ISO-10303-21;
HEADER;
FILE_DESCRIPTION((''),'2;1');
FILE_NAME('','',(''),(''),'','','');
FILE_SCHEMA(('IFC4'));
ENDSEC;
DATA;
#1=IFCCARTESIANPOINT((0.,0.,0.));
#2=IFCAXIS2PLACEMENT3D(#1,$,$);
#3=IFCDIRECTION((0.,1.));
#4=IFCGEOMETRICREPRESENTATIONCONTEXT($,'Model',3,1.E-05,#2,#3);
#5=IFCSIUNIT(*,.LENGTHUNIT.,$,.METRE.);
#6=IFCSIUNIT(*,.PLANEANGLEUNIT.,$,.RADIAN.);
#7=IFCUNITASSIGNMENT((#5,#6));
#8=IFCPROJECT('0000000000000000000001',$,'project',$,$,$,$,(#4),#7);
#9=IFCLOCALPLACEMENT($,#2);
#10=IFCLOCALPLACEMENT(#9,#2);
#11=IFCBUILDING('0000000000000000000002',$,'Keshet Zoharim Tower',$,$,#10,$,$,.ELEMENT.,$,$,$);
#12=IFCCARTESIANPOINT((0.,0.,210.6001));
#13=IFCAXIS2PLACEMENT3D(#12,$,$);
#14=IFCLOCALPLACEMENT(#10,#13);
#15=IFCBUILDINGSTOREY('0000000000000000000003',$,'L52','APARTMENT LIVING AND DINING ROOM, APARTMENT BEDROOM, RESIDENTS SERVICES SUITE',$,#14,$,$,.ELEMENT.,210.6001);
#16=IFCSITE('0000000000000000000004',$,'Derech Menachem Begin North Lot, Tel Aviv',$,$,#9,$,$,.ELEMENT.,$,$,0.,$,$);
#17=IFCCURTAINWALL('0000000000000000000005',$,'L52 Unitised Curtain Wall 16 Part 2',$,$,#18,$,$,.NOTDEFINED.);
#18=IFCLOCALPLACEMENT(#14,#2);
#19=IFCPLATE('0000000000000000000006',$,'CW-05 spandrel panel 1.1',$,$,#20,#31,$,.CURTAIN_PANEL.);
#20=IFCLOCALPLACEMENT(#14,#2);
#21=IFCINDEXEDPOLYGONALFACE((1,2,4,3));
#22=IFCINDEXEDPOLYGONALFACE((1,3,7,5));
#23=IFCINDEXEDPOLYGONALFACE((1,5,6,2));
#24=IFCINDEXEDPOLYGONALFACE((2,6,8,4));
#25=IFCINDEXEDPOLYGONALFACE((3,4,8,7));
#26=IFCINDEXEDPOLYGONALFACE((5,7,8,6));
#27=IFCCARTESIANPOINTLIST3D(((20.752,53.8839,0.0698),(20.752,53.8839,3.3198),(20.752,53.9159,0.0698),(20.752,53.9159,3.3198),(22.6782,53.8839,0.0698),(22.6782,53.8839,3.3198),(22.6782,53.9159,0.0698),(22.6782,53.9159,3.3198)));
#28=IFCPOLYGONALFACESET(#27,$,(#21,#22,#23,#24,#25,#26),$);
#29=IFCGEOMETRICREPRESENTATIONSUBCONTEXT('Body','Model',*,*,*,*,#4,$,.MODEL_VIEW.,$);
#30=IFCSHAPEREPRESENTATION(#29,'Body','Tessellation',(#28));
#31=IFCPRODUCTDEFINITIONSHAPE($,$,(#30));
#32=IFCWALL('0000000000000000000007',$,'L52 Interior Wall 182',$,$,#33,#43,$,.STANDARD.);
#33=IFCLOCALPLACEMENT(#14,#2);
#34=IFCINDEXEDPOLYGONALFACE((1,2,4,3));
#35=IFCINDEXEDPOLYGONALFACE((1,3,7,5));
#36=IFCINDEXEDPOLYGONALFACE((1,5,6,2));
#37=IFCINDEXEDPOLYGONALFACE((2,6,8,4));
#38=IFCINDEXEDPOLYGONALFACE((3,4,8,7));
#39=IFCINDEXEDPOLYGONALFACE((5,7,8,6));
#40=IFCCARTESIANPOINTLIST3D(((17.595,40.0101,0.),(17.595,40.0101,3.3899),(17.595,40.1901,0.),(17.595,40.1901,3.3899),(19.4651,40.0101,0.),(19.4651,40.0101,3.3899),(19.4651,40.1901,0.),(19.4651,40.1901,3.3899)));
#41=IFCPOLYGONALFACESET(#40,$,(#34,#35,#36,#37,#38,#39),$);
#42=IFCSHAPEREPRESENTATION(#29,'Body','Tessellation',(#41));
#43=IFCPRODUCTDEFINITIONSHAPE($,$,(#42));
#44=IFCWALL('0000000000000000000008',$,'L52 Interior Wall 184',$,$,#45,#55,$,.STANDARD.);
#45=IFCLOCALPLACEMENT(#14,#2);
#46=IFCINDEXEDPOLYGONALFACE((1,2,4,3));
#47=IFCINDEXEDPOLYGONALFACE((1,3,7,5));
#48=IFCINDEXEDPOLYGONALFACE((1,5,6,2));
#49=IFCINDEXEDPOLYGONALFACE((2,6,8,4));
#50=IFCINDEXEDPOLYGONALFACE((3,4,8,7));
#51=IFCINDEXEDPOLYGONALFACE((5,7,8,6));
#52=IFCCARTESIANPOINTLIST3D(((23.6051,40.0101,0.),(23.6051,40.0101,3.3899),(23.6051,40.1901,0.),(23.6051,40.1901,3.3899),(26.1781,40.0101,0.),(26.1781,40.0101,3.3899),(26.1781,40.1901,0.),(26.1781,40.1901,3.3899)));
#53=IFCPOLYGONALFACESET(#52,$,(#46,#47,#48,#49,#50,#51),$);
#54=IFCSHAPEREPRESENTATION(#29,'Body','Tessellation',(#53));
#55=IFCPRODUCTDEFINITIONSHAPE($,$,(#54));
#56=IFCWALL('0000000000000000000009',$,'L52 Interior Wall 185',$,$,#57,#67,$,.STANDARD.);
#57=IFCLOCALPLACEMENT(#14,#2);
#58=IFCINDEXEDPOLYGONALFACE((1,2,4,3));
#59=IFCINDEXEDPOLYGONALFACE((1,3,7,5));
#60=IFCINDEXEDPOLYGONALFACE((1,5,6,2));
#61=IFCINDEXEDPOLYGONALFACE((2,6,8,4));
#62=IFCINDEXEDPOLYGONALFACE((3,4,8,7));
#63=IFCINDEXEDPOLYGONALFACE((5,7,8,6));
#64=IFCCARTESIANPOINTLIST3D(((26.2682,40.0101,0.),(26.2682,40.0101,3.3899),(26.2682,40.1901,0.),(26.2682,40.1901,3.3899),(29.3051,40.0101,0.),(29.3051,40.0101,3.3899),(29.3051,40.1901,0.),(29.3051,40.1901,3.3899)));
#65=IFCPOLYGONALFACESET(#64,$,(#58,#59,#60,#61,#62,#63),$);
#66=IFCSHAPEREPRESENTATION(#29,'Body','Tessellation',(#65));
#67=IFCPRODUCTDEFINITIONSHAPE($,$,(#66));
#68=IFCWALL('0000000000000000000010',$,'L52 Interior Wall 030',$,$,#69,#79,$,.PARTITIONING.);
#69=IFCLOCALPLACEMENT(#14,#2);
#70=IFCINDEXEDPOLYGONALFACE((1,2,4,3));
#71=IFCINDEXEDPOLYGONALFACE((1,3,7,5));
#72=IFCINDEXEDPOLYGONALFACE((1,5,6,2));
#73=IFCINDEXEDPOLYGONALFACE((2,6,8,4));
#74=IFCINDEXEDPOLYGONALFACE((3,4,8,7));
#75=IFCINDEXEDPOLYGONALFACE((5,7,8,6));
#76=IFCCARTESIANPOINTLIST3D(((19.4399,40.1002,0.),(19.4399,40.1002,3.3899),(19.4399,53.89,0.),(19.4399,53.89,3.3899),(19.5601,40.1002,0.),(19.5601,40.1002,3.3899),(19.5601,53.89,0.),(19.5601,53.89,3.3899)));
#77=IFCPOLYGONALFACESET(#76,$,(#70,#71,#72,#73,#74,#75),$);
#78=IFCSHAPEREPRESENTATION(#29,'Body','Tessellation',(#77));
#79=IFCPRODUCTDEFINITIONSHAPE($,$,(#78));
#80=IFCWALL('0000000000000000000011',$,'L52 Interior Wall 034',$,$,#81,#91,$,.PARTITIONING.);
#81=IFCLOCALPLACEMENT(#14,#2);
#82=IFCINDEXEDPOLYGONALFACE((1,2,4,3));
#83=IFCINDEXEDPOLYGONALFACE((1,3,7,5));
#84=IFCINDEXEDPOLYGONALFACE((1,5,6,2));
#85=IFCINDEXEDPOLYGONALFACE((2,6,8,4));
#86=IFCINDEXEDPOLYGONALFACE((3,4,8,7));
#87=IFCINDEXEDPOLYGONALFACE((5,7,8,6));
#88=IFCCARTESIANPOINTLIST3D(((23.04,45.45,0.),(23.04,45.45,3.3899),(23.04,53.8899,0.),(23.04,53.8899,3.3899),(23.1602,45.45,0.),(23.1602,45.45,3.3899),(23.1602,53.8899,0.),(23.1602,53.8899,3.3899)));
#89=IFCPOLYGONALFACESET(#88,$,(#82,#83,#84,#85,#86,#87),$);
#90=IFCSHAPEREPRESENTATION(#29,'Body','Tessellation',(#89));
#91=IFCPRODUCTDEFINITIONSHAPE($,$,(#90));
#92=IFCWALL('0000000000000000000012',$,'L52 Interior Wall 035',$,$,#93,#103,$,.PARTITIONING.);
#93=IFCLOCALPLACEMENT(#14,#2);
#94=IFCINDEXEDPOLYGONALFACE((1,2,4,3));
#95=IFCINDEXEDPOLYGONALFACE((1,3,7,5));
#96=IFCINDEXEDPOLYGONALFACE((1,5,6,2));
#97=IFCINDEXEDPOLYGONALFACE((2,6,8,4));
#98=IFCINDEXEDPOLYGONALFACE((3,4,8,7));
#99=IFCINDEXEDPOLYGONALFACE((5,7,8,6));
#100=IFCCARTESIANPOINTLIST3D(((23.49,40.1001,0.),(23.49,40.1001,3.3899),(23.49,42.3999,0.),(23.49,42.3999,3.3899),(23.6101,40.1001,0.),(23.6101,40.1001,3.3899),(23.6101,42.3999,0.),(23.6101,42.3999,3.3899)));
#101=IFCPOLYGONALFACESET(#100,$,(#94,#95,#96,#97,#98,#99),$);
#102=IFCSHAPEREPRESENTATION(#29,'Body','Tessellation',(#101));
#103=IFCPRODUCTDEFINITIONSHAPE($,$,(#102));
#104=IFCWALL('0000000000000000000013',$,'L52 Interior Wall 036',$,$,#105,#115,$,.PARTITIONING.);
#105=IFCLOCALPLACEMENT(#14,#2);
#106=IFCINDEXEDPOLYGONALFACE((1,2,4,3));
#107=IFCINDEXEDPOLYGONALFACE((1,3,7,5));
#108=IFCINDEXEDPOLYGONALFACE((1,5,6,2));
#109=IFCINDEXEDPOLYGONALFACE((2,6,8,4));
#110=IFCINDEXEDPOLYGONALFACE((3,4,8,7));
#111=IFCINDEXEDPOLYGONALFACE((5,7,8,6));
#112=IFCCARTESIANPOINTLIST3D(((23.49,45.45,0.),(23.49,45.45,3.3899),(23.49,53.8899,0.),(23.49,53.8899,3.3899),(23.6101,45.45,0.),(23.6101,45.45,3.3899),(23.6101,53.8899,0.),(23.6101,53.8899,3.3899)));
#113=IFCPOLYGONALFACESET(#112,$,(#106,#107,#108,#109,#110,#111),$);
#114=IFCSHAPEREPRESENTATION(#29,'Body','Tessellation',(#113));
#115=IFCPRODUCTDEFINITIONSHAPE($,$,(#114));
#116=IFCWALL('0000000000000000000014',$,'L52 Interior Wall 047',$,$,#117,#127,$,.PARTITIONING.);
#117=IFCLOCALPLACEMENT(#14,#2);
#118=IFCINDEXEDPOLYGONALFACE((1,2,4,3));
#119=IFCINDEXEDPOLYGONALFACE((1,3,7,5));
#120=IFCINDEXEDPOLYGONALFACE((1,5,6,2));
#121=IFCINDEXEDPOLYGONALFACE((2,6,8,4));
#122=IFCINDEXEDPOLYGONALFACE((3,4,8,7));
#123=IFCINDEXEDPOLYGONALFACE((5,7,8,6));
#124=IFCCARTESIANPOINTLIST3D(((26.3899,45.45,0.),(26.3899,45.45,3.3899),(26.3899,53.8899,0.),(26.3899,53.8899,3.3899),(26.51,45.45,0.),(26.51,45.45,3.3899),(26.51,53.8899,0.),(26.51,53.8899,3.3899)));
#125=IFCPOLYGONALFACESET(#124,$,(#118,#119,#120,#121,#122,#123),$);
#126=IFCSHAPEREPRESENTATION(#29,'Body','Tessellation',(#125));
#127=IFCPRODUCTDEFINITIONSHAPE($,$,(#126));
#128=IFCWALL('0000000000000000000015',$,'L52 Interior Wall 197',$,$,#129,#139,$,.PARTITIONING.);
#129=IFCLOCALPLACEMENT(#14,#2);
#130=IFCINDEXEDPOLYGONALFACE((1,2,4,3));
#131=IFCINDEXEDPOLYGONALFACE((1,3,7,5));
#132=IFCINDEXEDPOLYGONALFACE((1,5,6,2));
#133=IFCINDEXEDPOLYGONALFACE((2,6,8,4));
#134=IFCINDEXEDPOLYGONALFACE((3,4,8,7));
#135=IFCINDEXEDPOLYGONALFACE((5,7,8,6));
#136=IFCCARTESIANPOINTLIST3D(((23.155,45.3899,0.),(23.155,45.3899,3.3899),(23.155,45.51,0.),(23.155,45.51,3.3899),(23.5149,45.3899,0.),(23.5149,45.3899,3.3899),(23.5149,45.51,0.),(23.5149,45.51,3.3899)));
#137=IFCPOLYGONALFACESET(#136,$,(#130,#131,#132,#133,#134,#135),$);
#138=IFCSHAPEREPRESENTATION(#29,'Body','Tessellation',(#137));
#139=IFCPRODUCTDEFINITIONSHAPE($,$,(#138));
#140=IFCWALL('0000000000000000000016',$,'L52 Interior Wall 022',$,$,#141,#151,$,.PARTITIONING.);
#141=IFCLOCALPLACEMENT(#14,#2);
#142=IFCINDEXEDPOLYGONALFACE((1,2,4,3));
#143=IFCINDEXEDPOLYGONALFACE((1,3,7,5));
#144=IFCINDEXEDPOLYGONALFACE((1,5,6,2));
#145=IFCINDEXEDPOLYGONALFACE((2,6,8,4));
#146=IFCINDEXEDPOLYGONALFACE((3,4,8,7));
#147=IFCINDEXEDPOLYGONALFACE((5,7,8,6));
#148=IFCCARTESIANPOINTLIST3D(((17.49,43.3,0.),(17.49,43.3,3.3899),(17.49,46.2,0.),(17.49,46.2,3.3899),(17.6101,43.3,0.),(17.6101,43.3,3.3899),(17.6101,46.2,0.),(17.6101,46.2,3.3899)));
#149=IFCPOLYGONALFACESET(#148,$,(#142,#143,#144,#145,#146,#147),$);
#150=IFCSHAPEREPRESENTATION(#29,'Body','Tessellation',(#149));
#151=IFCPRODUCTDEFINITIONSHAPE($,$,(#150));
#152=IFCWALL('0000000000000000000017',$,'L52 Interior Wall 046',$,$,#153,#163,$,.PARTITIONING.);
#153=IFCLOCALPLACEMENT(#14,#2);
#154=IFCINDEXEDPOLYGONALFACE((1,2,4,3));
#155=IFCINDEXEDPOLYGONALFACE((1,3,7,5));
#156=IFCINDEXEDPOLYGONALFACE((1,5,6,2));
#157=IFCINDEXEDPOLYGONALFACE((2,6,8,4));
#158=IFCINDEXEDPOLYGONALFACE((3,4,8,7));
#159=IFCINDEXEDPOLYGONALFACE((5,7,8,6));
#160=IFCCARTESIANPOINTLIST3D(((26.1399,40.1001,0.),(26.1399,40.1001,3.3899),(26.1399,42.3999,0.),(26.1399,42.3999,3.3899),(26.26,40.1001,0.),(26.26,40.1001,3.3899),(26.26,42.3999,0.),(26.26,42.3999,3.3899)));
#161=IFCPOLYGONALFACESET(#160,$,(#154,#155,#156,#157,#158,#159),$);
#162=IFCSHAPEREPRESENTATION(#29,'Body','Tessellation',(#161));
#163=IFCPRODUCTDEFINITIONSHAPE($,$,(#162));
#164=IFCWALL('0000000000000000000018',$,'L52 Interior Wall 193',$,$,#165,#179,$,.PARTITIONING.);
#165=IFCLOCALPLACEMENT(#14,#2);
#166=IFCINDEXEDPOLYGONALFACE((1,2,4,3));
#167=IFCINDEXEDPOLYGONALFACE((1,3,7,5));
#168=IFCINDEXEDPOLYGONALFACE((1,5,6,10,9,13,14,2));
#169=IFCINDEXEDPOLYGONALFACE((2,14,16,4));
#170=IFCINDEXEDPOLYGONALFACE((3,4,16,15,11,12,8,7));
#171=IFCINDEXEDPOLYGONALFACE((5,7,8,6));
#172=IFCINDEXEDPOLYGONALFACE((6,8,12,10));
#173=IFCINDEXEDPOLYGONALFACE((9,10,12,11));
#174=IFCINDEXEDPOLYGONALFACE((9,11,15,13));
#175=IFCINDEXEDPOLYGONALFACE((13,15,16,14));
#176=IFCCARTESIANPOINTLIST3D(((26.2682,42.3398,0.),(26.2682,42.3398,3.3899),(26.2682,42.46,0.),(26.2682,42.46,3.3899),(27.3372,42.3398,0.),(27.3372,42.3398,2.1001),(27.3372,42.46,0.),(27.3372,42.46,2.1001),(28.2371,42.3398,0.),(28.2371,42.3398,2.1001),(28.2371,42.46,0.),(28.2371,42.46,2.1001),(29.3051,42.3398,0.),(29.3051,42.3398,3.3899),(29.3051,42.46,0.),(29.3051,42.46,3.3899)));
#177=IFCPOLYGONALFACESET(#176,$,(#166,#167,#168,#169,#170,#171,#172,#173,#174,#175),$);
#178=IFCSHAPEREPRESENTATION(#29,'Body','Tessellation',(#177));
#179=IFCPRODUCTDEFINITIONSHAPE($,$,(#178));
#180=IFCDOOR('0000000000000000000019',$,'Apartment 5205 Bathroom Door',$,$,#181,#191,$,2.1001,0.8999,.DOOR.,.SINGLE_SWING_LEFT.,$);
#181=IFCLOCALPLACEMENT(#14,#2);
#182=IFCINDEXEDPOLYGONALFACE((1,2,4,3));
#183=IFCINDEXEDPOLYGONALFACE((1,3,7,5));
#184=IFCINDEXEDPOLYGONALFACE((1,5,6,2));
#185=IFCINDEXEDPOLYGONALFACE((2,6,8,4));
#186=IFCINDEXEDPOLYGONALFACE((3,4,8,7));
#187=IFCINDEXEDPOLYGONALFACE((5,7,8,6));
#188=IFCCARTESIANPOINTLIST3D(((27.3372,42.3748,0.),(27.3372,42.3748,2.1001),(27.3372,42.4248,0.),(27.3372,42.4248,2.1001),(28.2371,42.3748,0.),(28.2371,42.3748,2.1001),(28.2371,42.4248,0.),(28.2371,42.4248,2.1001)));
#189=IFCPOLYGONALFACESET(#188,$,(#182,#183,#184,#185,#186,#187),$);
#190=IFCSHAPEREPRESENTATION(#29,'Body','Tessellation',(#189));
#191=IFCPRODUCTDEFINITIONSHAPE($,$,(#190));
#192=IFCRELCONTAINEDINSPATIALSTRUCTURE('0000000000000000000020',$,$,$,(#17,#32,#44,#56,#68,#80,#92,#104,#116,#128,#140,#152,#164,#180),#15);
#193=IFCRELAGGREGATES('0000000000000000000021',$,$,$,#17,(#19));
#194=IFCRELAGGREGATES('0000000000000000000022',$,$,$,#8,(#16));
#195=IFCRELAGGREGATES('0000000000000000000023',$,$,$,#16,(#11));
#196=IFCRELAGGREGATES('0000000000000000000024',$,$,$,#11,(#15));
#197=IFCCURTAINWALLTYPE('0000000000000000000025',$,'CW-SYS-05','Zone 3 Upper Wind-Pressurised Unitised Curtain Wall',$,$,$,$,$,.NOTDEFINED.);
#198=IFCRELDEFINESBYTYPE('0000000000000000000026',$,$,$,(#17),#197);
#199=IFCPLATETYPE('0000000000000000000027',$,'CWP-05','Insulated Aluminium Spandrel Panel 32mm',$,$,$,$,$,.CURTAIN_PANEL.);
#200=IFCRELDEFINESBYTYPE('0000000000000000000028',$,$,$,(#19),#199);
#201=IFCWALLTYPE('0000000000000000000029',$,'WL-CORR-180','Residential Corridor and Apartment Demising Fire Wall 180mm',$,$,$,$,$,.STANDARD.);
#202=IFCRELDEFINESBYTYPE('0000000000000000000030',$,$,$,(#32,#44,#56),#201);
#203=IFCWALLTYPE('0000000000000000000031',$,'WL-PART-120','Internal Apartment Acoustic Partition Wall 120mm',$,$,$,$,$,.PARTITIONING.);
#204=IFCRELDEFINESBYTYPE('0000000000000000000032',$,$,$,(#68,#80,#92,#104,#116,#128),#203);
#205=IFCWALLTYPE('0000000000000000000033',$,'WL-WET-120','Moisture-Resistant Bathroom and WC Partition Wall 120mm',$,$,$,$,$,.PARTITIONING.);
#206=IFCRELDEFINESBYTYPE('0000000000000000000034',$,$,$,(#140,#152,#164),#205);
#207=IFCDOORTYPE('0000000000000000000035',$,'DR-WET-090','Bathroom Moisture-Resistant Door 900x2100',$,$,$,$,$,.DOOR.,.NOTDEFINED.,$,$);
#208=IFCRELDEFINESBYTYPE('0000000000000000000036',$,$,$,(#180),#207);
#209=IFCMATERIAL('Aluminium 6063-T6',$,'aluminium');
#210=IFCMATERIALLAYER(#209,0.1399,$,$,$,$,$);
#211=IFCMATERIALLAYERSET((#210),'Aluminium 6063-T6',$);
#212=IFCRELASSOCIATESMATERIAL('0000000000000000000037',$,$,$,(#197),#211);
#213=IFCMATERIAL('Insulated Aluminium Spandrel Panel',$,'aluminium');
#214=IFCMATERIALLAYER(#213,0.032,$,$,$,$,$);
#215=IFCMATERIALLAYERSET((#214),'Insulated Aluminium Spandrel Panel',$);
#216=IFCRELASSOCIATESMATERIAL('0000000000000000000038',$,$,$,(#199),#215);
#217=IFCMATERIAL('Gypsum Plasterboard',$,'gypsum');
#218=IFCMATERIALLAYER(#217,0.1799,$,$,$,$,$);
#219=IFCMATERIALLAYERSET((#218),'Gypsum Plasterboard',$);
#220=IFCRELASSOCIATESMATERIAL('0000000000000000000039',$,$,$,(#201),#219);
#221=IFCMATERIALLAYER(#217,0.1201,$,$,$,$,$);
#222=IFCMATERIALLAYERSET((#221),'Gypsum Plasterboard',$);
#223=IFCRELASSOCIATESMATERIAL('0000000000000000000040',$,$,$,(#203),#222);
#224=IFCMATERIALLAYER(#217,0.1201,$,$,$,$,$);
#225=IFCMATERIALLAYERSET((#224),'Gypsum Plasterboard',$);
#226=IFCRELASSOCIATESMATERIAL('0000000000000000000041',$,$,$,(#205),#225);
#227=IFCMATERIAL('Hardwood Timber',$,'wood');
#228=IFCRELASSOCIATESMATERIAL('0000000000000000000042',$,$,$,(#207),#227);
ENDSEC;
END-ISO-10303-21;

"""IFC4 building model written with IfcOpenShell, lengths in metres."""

from ifc_helpers import new_model, si_unit, direction, frame, frame_2d, origin, origin_2d, place, context, subcontext, project, spatial, rectangle, extrude, material, layer, layer_set, type_object, element, fill, aggregate, save


model = new_model("IFC4")

# Units and contexts
model_context = context("Model", 3, precision=1e-05, world=origin(), true_north=direction((0.0, 1.0)))
body_context = subcontext(model_context, "Body", "Model", "MODEL_VIEW")
ifc_project = project(units=[si_unit("LENGTHUNIT", "METRE"), si_unit("PLANEANGLEUNIT", "RADIAN")], contexts=[model_context])

# Site, building, storey
site_placement = place(None, origin())
site = spatial("IfcSite", under=ifc_project, at=site_placement, Name="Derech Menachem Begin North Lot, Tel Aviv", CompositionType="ELEMENT", RefElevation=0.0)
building_placement = place(site_placement, origin())
building = spatial("IfcBuilding", under=site, at=building_placement, Name="Keshet Zoharim Tower", CompositionType="ELEMENT")
storey_placement = place(building_placement, frame((0.0, 0.0, 210.6001)))
storey = spatial("IfcBuildingStorey", under=building, at=storey_placement, Name="L52", Description="APARTMENT LIVING AND DINING ROOM, APARTMENT BEDROOM, RESIDENTS SERVICES SUITE", CompositionType="ELEMENT", Elevation=210.6001)

# Shared definitions
ifc_material_1 = material(Name="Aluminium 6063-T6", Category="aluminium")
ifc_layer_1 = layer(ifc_material_1, 0.1399)
ifc_layer_set_1 = layer_set([ifc_layer_1], Name="Aluminium 6063-T6")
curtain_wall_type = type_object("IfcCurtainWallType", Name="CW-SYS-05", Description="Zone 3 Upper Wind-Pressurised Unitised Curtain Wall", PredefinedType="NOTDEFINED", material=ifc_layer_set_1)

# Curtain wall
curtain_wall_1_placement = place(storey_placement, origin())
curtain_wall_1 = element("IfcCurtainWall", 1, at=curtain_wall_1_placement, inside=storey, type_object=curtain_wall_type, Name="L52 Unitised Curtain Wall 16 Part 2", PredefinedType="NOTDEFINED")

# Plate
ifc_material_2 = material(Name="Insulated Aluminium Spandrel Panel", Category="aluminium")
ifc_layer_2 = layer(ifc_material_2, 0.032)
ifc_layer_set_2 = layer_set([ifc_layer_2], Name="Insulated Aluminium Spandrel Panel")
plate_type_1 = type_object("IfcPlateType", Name="CWP-05", Description="Insulated Aluminium Spandrel Panel 32mm", PredefinedType="CURTAIN_PANEL", material=ifc_layer_set_2)
plate_1_placement = place(storey_placement, frame((21.7151, 53.8999, 0.0698), z_axis=(0.0, 0.0, 1.0), x_axis=(1.0, 0.0, 0.0)))
plate_1 = element("IfcPlate", 2, at=plate_1_placement, type_object=plate_type_1, Name="CW-05 spandrel panel 1.1", PredefinedType="CURTAIN_PANEL", context=body_context, shape_type="SweptSolid", body=[
    extrude(rectangle(XDim=1.9263, YDim=0.032, at=origin_2d()), origin(), (0.0, 0.0, 1.0), 3.25),
])
aggregate(curtain_wall_1, [plate_1])

# Wall
ifc_material_3 = material(Name="Gypsum Plasterboard", Category="gypsum")
ifc_layer_3 = layer(ifc_material_3, 0.1799)
ifc_layer_set_3 = layer_set([ifc_layer_3], Name="Gypsum Plasterboard")
wall_type_1 = type_object("IfcWallType", Name="WL-CORR-180", Description="Residential Corridor and Apartment Demising Fire Wall 180mm", PredefinedType="STANDARD", material=ifc_layer_set_3)
wall_1_placement = place(storey_placement, frame((17.595, 40.1001, 0.0), z_axis=(0.0, 0.0, 1.0), x_axis=(1.0, 0.0, 0.0)))
element("IfcWall", 3, at=wall_1_placement, inside=storey, type_object=wall_type_1, Name="L52 Interior Wall 182", PredefinedType="STANDARD", context=body_context, shape_type="SweptSolid", body=[
    extrude(rectangle(XDim=1.8701, YDim=0.1799, at=frame_2d((0.9351, 0.0))), origin(), (0.0, 0.0, 1.0), 3.3899),
])

# Shared definitions
ifc_material_4 = material(Name="Hardwood Timber", Category="wood")

# Walls
wall_2_placement = place(storey_placement, frame((23.605, 40.1001, 0.0), z_axis=(0.0, 0.0, 1.0), x_axis=(1.0, 0.0, 0.0)))
element("IfcWall", 4, at=wall_2_placement, inside=storey, type_object=wall_type_1, Name="L52 Interior Wall 184", PredefinedType="STANDARD", context=body_context, shape_type="SweptSolid", body=[
    extrude(rectangle(XDim=2.573, YDim=0.1799, at=frame_2d((1.2866, 0.0))), origin(), (0.0, 0.0, 1.0), 3.3899),
])
wall_3_placement = place(storey_placement, frame((26.2681, 40.1001, 0.0), z_axis=(0.0, 0.0, 1.0), x_axis=(1.0, 0.0, 0.0)))
element("IfcWall", 5, at=wall_3_placement, inside=storey, type_object=wall_type_1, Name="L52 Interior Wall 185", PredefinedType="STANDARD", context=body_context, shape_type="SweptSolid", body=[
    extrude(rectangle(XDim=3.0369, YDim=0.1799, at=frame_2d((1.5186, 0.0))), origin(), (0.0, 0.0, 1.0), 3.3899),
])
ifc_layer_4 = layer(ifc_material_3, 0.1201)
ifc_layer_set_4 = layer_set([ifc_layer_4], Name="Gypsum Plasterboard")
wall_type_2 = type_object("IfcWallType", Name="WL-PART-120", Description="Internal Apartment Acoustic Partition Wall 120mm", PredefinedType="PARTITIONING", material=ifc_layer_set_4)
wall_4_placement = place(storey_placement, frame((19.5, 40.1001, 0.0), z_axis=(0.0, 0.0, 1.0), x_axis=(0.0, 1.0, 0.0)))
element("IfcWall", 6, at=wall_4_placement, inside=storey, type_object=wall_type_2, Name="L52 Interior Wall 030", PredefinedType="PARTITIONING", context=body_context, shape_type="SweptSolid", body=[
    extrude(rectangle(XDim=13.7898, YDim=0.1201, at=frame_2d((6.895, 0.0))), origin(), (0.0, 0.0, 1.0), 3.3899),
])
wall_5_placement = place(storey_placement, frame((23.1001, 45.45, 0.0), z_axis=(0.0, 0.0, 1.0), x_axis=(0.0, 1.0, 0.0)))
element("IfcWall", 7, at=wall_5_placement, inside=storey, type_object=wall_type_2, Name="L52 Interior Wall 034", PredefinedType="PARTITIONING", context=body_context, shape_type="SweptSolid", body=[
    extrude(rectangle(XDim=8.4399, YDim=0.1201, at=frame_2d((4.22, 0.0))), origin(), (0.0, 0.0, 1.0), 3.3899),
])
wall_6_placement = place(storey_placement, frame((23.55, 40.1001, 0.0), z_axis=(0.0, 0.0, 1.0), x_axis=(0.0, 1.0, 0.0)))
element("IfcWall", 8, at=wall_6_placement, inside=storey, type_object=wall_type_2, Name="L52 Interior Wall 035", PredefinedType="PARTITIONING", context=body_context, shape_type="SweptSolid", body=[
    extrude(rectangle(XDim=2.2998, YDim=0.1201, at=frame_2d((1.1499, 0.0))), origin(), (0.0, 0.0, 1.0), 3.3899),
])
for number, where, z_axis, x_axis, name in (
    (9, (23.55, 45.45, 0.0), (0.0, 0.0, 1.0), (0.0, 1.0, 0.0), "L52 Interior Wall 036"),
    (10, (26.45, 45.45, 0.0), (0.0, 0.0, 1.0), (0.0, 1.0, 0.0), "L52 Interior Wall 047"),
):
    element("IfcWall", number, at=place(storey_placement, frame(where, z_axis=z_axis, x_axis=x_axis)), inside=storey, type_object=wall_type_2, Name=name, PredefinedType="PARTITIONING", context=body_context, shape_type="SweptSolid", body=[
        extrude(rectangle(XDim=8.4399, YDim=0.1201, at=frame_2d((4.22, 0.0))), origin(), (0.0, 0.0, 1.0), 3.3899),
    ])

# Wall
wall_7_placement = place(storey_placement, frame((23.155, 45.45, 0.0), z_axis=(0.0, 0.0, 1.0), x_axis=(1.0, 0.0, 0.0)))
element("IfcWall", 11, at=wall_7_placement, inside=storey, type_object=wall_type_2, Name="L52 Interior Wall 197", PredefinedType="PARTITIONING", context=body_context, shape_type="SweptSolid", body=[
    extrude(rectangle(XDim=0.3599, YDim=0.1201, at=frame_2d((0.1799, 0.0))), origin(), (0.0, 0.0, 1.0), 3.3899),
])

# Walls
ifc_layer_5 = layer(ifc_material_3, 0.1201)
ifc_layer_set_5 = layer_set([ifc_layer_5], Name="Gypsum Plasterboard")
wall_type_3 = type_object("IfcWallType", Name="WL-WET-120", Description="Moisture-Resistant Bathroom and WC Partition Wall 120mm", PredefinedType="PARTITIONING", material=ifc_layer_set_5)
wall_8_placement = place(storey_placement, frame((17.55, 43.3, 0.0), z_axis=(0.0, 0.0, 1.0), x_axis=(0.0, 1.0, 0.0)))
element("IfcWall", 12, at=wall_8_placement, inside=storey, type_object=wall_type_3, Name="L52 Interior Wall 022", PredefinedType="PARTITIONING", context=body_context, shape_type="SweptSolid", body=[
    extrude(rectangle(XDim=2.8999, YDim=0.1201, at=frame_2d((1.45, 0.0))), origin(), (0.0, 0.0, 1.0), 3.3899),
])
wall_9_placement = place(storey_placement, frame((26.2, 40.1001, 0.0), z_axis=(0.0, 0.0, 1.0), x_axis=(0.0, 1.0, 0.0)))
element("IfcWall", 13, at=wall_9_placement, inside=storey, type_object=wall_type_3, Name="L52 Interior Wall 046", PredefinedType="PARTITIONING", context=body_context, shape_type="SweptSolid", body=[
    extrude(rectangle(XDim=2.2998, YDim=0.1201, at=frame_2d((1.1499, 0.0))), origin(), (0.0, 0.0, 1.0), 3.3899),
])

# Wall, opening, door
wall_10_placement = place(storey_placement, frame((26.2681, 42.3999, 0.0), z_axis=(0.0, 0.0, 1.0), x_axis=(1.0, 0.0, 0.0)))
wall_10 = element("IfcWall", 14, at=wall_10_placement, inside=storey, type_object=wall_type_3, Name="L52 Interior Wall 193", PredefinedType="PARTITIONING", context=body_context, shape_type="SweptSolid", body=[
    extrude(rectangle(XDim=3.0369, YDim=0.1201, at=frame_2d((1.5186, 0.0))), origin(), (0.0, 0.0, 1.0), 3.3899),
])
opening_1_placement = place(wall_10_placement, frame((1.0691, 0.0, 0.0)))
opening_1 = element("IfcOpeningElement", 15, at=opening_1_placement, cuts=wall_10, PredefinedType="OPENING", context=body_context, shape_type="SweptSolid", body=[
    extrude(rectangle(XDim=0.8999, YDim=2.1001, at=frame_2d((0.45, 1.05))), frame((0.0, 0.0701, 0.0), z_axis=(0.0, -1.0, 0.0), x_axis=(1.0, 0.0, 0.0)), (0.0, 0.0, 1.0), 0.1401),
])
door_type_1 = type_object("IfcDoorType", Name="DR-WET-090", Description="Bathroom Moisture-Resistant Door 900x2100", OperationType="NOTDEFINED", PredefinedType="DOOR", material=ifc_material_4)
door_1_placement = place(opening_1_placement, origin())
door_1 = element("IfcDoor", 16, at=door_1_placement, inside=storey, type_object=door_type_1, Name="Apartment 5205 Bathroom Door", OperationType="SINGLE_SWING_LEFT", OverallHeight=2.1001, OverallWidth=0.8999, PredefinedType="DOOR", context=body_context, shape_type="SweptSolid", body=[
    extrude(rectangle(XDim=0.8999, YDim=2.1001, at=frame_2d((0.45, 1.05))), frame((0.0, 0.0249, 0.0), z_axis=(0.0, -1.0, 0.0), x_axis=(1.0, 0.0, 0.0)), (0.0, 0.0, 1.0), 0.05),
])
fill(opening_1, door_1)

save(model, "model.ifc")
